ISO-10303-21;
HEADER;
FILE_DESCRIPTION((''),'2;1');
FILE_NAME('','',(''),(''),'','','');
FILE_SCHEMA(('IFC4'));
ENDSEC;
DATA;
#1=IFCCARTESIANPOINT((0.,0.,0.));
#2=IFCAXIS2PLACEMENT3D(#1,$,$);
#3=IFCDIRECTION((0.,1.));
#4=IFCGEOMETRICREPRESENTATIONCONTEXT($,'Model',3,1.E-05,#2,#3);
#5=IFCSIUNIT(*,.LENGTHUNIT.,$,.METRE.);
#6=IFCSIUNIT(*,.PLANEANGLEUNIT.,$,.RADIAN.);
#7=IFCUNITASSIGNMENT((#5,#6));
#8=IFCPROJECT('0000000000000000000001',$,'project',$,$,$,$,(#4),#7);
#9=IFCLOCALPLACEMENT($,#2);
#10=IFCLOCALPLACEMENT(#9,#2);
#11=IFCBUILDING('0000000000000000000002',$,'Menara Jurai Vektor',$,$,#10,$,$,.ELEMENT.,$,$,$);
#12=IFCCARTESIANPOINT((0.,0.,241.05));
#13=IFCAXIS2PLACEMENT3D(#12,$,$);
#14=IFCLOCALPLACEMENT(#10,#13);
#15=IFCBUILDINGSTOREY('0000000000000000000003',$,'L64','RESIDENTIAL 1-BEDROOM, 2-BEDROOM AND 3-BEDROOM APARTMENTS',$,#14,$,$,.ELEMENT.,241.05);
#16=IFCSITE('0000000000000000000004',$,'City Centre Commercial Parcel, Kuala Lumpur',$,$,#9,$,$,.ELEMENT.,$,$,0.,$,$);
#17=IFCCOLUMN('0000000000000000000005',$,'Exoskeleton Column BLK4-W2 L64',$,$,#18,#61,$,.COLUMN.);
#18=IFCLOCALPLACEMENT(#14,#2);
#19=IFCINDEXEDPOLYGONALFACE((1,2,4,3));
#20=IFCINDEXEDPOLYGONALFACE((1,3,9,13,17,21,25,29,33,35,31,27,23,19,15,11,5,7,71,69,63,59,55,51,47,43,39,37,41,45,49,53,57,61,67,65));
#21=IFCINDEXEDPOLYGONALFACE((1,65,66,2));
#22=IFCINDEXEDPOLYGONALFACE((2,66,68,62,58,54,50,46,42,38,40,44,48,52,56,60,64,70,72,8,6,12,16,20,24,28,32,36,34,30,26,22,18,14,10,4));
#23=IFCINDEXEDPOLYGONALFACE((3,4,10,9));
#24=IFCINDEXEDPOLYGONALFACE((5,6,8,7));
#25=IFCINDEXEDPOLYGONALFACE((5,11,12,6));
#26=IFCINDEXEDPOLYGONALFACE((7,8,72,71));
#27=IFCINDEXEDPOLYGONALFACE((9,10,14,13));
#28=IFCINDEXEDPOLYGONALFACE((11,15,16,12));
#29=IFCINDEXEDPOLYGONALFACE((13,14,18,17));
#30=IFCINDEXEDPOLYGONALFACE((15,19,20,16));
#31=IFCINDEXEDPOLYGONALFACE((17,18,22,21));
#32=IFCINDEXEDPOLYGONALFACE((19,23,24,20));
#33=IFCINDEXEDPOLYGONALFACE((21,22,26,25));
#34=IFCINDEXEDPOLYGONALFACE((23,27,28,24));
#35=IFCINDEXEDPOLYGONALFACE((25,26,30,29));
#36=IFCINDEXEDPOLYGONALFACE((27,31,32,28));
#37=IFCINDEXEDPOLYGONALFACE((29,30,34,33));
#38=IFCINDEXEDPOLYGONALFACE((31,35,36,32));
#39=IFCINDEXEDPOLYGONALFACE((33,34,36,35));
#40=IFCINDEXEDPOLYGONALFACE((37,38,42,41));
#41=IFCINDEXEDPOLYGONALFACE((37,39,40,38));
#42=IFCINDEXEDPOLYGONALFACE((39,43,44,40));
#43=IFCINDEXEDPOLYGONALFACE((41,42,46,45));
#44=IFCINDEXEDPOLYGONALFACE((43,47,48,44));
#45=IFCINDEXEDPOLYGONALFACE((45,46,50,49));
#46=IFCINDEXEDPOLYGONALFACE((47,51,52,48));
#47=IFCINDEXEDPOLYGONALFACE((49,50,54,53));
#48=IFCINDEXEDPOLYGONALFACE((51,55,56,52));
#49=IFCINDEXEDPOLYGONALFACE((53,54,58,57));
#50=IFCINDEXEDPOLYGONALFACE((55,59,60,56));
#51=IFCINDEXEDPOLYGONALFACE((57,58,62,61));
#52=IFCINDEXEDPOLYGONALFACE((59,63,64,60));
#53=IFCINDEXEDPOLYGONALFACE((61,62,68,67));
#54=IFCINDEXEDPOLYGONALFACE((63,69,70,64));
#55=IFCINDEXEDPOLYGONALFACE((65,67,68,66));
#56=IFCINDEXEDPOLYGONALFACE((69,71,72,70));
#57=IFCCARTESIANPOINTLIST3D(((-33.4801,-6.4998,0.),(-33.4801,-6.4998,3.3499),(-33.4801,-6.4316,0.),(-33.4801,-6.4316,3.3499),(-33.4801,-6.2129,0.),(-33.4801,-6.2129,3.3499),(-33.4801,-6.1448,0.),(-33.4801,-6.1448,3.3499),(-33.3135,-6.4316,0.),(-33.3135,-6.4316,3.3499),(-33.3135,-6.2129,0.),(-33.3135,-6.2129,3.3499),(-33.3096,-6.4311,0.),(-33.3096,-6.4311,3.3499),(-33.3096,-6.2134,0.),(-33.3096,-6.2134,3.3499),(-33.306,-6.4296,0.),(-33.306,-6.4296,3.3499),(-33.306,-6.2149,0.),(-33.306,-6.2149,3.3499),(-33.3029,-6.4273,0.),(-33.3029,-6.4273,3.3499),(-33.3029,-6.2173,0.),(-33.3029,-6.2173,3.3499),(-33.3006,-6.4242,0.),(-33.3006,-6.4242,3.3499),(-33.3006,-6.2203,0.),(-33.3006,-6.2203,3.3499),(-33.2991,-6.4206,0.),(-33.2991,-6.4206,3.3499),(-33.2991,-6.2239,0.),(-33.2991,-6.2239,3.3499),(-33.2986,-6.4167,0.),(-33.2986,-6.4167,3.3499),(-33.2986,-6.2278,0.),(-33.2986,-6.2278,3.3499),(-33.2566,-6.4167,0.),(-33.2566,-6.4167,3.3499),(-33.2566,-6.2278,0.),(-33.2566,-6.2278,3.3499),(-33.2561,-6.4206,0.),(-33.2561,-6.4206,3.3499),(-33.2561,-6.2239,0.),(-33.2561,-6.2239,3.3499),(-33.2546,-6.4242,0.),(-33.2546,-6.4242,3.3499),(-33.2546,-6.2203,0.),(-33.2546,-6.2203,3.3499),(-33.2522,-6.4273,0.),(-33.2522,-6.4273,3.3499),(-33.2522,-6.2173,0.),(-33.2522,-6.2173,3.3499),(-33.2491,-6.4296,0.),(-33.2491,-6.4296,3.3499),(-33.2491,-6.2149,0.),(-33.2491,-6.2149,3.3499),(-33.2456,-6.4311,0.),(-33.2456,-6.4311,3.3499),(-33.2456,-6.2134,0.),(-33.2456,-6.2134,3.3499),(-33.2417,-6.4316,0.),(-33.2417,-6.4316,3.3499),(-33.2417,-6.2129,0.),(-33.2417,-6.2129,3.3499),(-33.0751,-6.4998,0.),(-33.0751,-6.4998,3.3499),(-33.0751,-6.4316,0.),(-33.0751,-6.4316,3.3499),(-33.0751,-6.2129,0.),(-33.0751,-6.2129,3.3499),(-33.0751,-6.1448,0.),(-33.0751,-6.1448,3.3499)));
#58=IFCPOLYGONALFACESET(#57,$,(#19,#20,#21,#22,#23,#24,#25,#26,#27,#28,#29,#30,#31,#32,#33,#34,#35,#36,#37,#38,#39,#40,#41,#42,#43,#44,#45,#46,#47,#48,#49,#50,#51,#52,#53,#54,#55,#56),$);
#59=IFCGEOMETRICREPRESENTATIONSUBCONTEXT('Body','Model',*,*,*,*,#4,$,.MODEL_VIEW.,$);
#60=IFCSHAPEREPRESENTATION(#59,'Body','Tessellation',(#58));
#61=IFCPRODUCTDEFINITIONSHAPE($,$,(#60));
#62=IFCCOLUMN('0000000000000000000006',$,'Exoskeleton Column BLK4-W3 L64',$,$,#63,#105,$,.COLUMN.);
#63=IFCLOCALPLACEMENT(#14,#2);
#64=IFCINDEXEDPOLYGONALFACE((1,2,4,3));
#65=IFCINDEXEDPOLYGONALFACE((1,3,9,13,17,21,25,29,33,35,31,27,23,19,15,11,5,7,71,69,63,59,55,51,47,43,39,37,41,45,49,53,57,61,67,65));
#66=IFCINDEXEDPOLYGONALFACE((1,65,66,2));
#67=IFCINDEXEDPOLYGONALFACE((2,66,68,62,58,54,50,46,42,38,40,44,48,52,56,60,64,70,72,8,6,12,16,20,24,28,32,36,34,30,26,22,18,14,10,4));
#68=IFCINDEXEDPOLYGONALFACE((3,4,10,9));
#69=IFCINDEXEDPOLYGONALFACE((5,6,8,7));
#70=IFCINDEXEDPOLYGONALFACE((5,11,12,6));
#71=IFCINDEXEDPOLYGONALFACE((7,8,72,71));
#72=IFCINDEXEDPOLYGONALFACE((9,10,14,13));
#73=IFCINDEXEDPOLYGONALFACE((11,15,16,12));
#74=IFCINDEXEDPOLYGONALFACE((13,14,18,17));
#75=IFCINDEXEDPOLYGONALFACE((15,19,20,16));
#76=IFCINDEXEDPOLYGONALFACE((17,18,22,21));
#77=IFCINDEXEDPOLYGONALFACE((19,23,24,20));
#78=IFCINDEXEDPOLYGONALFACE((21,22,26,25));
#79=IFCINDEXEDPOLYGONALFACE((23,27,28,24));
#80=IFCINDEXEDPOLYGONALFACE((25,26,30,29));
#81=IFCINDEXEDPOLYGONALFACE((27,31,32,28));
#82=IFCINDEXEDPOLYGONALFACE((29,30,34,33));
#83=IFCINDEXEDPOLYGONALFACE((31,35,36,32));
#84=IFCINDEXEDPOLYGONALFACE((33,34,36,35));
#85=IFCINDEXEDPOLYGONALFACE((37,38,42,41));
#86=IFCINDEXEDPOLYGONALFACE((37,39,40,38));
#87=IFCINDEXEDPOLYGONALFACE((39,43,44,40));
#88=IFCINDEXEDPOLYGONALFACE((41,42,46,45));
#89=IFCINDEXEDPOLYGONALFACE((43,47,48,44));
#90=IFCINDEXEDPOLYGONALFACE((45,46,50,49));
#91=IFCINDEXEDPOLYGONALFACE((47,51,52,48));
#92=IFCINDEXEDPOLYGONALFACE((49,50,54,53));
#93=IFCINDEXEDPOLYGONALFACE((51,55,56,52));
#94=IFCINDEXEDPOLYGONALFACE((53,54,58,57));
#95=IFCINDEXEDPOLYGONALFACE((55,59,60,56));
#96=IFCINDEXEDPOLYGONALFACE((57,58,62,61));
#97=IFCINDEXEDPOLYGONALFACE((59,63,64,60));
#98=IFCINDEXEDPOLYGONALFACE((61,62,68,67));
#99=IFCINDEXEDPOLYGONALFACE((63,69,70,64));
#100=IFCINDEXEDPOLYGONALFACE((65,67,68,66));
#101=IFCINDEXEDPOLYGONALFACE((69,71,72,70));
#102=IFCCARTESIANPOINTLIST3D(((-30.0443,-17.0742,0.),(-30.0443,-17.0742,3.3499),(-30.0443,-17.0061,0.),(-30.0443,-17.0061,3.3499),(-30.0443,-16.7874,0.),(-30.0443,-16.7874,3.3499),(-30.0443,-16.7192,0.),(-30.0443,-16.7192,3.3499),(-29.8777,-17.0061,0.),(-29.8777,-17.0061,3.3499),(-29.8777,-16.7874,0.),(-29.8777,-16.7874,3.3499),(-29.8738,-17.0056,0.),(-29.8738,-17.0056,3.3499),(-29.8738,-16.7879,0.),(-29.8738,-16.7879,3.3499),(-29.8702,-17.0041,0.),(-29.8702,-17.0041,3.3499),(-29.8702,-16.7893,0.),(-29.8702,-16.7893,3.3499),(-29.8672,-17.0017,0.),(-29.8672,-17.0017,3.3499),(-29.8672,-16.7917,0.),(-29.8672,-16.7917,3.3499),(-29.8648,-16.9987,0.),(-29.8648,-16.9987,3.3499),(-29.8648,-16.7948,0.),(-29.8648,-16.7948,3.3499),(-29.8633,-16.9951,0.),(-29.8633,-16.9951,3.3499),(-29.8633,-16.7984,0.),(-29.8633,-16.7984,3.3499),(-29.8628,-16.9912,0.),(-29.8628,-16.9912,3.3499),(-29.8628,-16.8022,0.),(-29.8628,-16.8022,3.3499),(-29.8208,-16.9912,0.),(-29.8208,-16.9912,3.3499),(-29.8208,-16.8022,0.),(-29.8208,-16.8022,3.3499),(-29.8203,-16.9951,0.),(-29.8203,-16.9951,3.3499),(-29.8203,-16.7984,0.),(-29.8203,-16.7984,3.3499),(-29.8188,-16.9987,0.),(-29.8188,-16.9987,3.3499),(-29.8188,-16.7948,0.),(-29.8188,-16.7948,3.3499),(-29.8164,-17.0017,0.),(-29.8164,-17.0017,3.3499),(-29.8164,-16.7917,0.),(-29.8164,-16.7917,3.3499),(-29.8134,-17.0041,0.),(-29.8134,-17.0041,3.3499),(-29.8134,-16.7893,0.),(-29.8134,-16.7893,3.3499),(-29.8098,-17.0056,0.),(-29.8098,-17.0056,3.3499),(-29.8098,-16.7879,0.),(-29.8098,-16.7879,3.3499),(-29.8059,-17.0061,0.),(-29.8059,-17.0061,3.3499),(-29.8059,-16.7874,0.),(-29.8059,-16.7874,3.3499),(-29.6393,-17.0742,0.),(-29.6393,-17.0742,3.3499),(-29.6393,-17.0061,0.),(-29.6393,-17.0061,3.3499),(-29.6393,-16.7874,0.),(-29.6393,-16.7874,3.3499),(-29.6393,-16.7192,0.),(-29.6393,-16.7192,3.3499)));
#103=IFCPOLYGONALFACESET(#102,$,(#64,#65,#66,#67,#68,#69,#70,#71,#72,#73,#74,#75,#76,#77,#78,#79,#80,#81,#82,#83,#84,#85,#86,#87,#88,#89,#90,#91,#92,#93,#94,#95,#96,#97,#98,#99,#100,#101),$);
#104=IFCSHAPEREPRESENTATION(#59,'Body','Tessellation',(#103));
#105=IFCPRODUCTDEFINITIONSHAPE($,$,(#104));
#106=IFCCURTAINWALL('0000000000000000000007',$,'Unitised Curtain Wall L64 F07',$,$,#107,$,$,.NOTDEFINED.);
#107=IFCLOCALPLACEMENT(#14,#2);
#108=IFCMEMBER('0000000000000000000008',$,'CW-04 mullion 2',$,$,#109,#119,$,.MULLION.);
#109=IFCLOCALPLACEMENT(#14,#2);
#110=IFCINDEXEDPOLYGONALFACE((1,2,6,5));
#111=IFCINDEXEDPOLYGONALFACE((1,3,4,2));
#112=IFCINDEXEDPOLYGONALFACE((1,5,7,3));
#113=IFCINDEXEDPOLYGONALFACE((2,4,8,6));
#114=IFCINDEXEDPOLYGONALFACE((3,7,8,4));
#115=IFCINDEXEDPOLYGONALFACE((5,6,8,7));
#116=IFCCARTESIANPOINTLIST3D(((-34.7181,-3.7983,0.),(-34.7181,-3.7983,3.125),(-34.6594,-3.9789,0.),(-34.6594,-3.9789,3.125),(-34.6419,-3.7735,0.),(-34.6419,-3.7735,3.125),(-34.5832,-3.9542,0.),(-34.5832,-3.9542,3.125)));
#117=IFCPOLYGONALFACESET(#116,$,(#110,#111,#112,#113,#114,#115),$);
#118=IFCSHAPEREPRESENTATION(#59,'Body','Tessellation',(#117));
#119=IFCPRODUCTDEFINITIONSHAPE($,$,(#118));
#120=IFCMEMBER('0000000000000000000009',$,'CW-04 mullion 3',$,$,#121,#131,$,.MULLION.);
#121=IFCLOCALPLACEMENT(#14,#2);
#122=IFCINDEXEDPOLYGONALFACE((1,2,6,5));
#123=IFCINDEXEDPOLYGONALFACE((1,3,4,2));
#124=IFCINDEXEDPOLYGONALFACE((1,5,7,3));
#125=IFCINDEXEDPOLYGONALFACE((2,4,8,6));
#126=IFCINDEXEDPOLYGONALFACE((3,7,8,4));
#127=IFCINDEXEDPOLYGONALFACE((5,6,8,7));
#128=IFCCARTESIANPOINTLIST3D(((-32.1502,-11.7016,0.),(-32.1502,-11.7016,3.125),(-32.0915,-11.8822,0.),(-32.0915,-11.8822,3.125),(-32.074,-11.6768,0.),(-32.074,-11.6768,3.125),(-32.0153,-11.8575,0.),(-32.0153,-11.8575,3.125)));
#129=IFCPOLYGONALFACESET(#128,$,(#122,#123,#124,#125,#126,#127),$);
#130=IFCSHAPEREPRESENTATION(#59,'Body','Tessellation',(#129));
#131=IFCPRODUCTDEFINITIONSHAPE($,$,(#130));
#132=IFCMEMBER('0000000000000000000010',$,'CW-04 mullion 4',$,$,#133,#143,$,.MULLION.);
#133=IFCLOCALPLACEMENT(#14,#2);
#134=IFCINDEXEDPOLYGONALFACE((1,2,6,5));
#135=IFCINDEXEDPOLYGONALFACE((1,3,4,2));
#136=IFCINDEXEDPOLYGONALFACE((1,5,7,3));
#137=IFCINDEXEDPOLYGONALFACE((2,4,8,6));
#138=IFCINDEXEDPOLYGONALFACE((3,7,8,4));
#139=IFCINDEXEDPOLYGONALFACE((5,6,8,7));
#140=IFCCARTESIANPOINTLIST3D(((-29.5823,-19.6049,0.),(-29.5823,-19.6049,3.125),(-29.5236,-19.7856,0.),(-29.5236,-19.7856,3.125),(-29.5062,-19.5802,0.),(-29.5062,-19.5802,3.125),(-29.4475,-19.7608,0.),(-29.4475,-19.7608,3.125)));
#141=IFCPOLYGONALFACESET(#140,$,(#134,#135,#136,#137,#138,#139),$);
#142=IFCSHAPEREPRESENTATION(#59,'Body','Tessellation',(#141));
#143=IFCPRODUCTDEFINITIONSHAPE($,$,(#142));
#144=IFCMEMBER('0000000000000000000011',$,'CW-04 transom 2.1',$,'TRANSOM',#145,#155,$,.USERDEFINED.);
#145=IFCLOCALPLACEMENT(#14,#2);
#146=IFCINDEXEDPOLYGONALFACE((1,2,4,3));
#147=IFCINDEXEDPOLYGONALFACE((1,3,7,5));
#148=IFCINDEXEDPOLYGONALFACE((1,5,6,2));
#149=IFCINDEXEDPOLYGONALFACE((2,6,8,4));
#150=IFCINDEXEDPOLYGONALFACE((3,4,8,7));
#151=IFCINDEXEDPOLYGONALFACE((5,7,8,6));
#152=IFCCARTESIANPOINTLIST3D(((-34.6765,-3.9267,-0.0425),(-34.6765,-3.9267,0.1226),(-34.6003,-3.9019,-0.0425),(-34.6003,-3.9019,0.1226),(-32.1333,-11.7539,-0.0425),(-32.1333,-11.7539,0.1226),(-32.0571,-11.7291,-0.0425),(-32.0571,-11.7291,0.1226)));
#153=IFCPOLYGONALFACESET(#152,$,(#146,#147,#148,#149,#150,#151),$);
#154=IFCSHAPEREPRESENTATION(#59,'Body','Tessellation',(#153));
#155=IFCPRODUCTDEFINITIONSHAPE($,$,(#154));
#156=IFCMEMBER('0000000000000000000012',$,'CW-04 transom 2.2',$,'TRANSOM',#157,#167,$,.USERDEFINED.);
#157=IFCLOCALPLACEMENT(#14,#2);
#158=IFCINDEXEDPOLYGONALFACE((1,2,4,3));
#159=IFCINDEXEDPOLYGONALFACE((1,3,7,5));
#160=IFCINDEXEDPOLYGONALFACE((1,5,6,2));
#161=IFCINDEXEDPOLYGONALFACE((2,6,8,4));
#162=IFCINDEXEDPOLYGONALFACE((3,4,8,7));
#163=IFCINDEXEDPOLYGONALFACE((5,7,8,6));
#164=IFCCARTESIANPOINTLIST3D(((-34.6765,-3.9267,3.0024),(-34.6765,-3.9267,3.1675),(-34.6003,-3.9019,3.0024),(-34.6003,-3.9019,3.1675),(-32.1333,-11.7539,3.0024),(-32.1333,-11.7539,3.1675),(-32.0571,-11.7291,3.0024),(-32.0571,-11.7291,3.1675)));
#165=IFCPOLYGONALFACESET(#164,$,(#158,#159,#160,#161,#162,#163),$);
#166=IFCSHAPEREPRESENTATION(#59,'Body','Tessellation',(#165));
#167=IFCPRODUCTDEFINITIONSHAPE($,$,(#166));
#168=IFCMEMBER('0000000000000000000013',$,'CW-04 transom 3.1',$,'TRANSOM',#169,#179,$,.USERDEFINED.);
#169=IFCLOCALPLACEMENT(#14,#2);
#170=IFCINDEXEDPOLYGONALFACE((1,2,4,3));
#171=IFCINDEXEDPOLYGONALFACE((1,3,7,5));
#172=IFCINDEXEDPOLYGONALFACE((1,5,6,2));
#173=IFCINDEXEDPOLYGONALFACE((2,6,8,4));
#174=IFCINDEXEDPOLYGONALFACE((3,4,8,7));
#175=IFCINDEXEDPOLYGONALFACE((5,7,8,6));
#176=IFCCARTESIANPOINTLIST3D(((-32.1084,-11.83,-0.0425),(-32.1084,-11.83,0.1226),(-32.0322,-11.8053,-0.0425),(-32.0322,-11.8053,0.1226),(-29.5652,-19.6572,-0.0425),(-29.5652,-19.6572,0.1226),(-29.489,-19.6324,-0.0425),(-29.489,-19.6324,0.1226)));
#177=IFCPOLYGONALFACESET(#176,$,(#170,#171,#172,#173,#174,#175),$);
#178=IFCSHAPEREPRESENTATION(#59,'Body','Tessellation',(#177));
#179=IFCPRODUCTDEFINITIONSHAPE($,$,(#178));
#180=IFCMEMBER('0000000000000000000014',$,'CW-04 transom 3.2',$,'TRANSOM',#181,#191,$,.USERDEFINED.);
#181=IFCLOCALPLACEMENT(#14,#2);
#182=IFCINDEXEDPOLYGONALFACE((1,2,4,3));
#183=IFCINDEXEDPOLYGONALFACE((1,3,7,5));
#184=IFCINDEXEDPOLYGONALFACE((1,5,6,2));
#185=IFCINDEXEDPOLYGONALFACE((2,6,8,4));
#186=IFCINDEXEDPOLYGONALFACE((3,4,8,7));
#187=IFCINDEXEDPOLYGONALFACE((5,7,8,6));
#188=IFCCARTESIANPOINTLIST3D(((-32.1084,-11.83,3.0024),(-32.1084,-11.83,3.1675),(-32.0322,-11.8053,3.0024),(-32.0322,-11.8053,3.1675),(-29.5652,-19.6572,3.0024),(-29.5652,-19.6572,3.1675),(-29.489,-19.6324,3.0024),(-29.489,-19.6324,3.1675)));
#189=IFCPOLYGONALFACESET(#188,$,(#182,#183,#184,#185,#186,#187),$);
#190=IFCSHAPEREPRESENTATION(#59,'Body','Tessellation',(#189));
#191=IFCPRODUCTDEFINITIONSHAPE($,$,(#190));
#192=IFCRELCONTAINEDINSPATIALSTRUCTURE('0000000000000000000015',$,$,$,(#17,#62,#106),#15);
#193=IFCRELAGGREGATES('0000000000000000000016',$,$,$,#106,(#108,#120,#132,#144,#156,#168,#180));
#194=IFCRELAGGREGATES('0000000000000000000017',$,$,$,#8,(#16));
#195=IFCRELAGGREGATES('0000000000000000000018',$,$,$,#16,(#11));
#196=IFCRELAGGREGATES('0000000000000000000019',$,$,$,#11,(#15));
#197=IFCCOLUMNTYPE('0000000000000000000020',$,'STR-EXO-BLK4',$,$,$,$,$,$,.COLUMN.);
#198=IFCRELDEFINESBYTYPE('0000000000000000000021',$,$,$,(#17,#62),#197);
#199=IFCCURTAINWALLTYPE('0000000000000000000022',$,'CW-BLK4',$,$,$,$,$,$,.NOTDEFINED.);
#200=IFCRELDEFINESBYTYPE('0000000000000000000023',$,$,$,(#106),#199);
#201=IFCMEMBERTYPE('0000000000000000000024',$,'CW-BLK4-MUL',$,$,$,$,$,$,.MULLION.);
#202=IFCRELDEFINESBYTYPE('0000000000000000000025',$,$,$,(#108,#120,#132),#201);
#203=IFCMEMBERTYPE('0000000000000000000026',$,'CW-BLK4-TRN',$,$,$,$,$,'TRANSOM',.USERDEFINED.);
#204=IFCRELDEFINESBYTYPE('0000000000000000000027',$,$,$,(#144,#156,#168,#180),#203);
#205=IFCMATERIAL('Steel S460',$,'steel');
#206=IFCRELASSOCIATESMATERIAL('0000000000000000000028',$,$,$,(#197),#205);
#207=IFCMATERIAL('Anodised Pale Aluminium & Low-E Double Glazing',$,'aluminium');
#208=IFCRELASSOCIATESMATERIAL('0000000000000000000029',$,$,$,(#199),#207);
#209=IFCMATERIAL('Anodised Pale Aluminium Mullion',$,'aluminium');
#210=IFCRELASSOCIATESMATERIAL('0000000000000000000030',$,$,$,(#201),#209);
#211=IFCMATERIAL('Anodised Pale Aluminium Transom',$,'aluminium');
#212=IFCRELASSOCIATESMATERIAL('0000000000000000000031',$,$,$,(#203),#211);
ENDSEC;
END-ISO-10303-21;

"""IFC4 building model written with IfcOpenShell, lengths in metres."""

from ifc_helpers import new_model, si_unit, direction, frame, origin, origin_2d, place, context, subcontext, project, spatial, rectangle, i_section, extrude, material, material_profile, profile_set, type_object, element, aggregate, save


model = new_model("IFC4")

# Units and contexts
model_context = context("Model", 3, precision=1e-05, world=origin(), true_north=direction((0.0, 1.0)))
body_context = subcontext(model_context, "Body", "Model", "MODEL_VIEW")
ifc_project = project(units=[si_unit("LENGTHUNIT", "METRE"), si_unit("PLANEANGLEUNIT", "RADIAN")], contexts=[model_context])

# Site, building, storey
site_placement = place(None, origin())
site = spatial("IfcSite", under=ifc_project, at=site_placement, Name="City Centre Commercial Parcel, Kuala Lumpur", CompositionType="ELEMENT", RefElevation=0.0)
building_placement = place(site_placement, origin())
building = spatial("IfcBuilding", under=site, at=building_placement, Name="Menara Jurai Vektor", CompositionType="ELEMENT")
storey_placement = place(building_placement, frame((0.0, 0.0, 241.05)))
storey = spatial("IfcBuildingStorey", under=building, at=storey_placement, Name="L64", Description="RESIDENTIAL 1-BEDROOM, 2-BEDROOM AND 3-BEDROOM APARTMENTS", CompositionType="ELEMENT", Elevation=241.05)

# Columns
ifc_material_1 = material(Name="Steel S460", Category="steel")
ifc_material_profile_1 = material_profile(ifc_material_1, i_section(OverallWidth=0.405, OverallDepth=0.355, WebThickness=0.042, FlangeThickness=0.0681, FilletRadius=0.0149, at=origin_2d()), Name="HD 400x551")
ifc_profile_set_1 = profile_set([ifc_material_profile_1], Name="Steel S460")
column_type = type_object("IfcColumnType", Name="STR-EXO-BLK4", PredefinedType="COLUMN", material=ifc_profile_set_1)
for number, where, z_axis, x_axis, name in (
    (1, (-33.2776, -6.3223, 0.0), (0.0, 0.0, 1.0), (1.0, 0.0, 0.0), "Exoskeleton Column BLK4-W2 L64"),
    (2, (-29.8418, -16.8967, 0.0), (0.0, 0.0, 1.0), (1.0, 0.0, 0.0), "Exoskeleton Column BLK4-W3 L64"),
):
    element("IfcColumn", number, at=place(storey_placement, frame(where, z_axis=z_axis, x_axis=x_axis)), inside=storey, type_object=column_type, Name=name, PredefinedType="COLUMN", context=body_context, shape_type="SweptSolid", body=[
        extrude(i_section(OverallWidth=0.405, OverallDepth=0.355, WebThickness=0.042, FlangeThickness=0.0681, FilletRadius=0.0149, at=origin_2d()), origin(), (0.0, 0.0, 1.0), 3.3499),
    ])

# Curtain wall, members
ifc_material_2 = material(Name="Anodised Pale Aluminium & Low-E Double Glazing", Category="aluminium")
curtain_wall_type = type_object("IfcCurtainWallType", Name="CW-BLK4", PredefinedType="NOTDEFINED", material=ifc_material_2)
curtain_wall_placement = place(storey_placement, origin())
curtain_wall = element("IfcCurtainWall", 3, at=curtain_wall_placement, inside=storey, type_object=curtain_wall_type, Name="Unitised Curtain Wall L64 F07", PredefinedType="NOTDEFINED")
ifc_material_3 = material(Name="Anodised Pale Aluminium Mullion", Category="aluminium")
ifc_material_profile_2 = material_profile(ifc_material_3, rectangle(XDim=0.0801, YDim=0.1899, at=origin_2d()), Name="ALU MUL 80x190")
ifc_profile_set_2 = profile_set([ifc_material_profile_2], Name="Anodised Pale Aluminium Mullion")
member_type_1 = type_object("IfcMemberType", Name="CW-BLK4-MUL", PredefinedType="MULLION", material=ifc_profile_set_2)
member_1_placement = place(storey_placement, frame((-34.6506, -3.8762, 0.0), z_axis=(0.0, 0.0, 1.0), x_axis=(0.951057, 0.309016, 0.0)))
member_1 = element("IfcMember", 4, at=member_1_placement, type_object=member_type_1, Name="CW-04 mullion 2", PredefinedType="MULLION", context=body_context, shape_type="SweptSolid", body=[
    extrude(rectangle(XDim=0.0801, YDim=0.1899, at=origin_2d()), origin(), (0.0, 0.0, 1.0), 3.125),
])
member_2_placement = place(storey_placement, frame((-32.0828, -11.7795, 0.0), z_axis=(0.0, 0.0, 1.0), x_axis=(0.951057, 0.309016, 0.0)))
member_2 = element("IfcMember", 5, at=member_2_placement, type_object=member_type_1, Name="CW-04 mullion 3", PredefinedType="MULLION", context=body_context, shape_type="SweptSolid", body=[
    extrude(rectangle(XDim=0.0801, YDim=0.1899, at=origin_2d()), origin(), (0.0, 0.0, 1.0), 3.125),
])
member_3_placement = place(storey_placement, frame((-29.5149, -19.6829, 0.0), z_axis=(0.0, 0.0, 1.0), x_axis=(0.951057, 0.309016, 0.0)))
member_3 = element("IfcMember", 6, at=member_3_placement, type_object=member_type_1, Name="CW-04 mullion 4", PredefinedType="MULLION", context=body_context, shape_type="SweptSolid", body=[
    extrude(rectangle(XDim=0.0801, YDim=0.1899, at=origin_2d()), origin(), (0.0, 0.0, 1.0), 3.125),
])
ifc_material_4 = material(Name="Anodised Pale Aluminium Transom", Category="aluminium")
ifc_material_profile_3 = material_profile(ifc_material_4, rectangle(XDim=0.0801, YDim=0.165, at=origin_2d()), Name="ALU TRN 80x165")
ifc_profile_set_3 = profile_set([ifc_material_profile_3], Name="Anodised Pale Aluminium Transom")
member_type_2 = type_object("IfcMemberType", Name="CW-BLK4-TRN", ElementType="TRANSOM", PredefinedType="USERDEFINED", material=ifc_profile_set_3)
member_4_placement = place(storey_placement, frame((-34.6384, -3.9143, 0.04), z_axis=(0.309019, -0.951056, 0.0), x_axis=(0.951056, 0.309019, 0.0)))
member_4 = element("IfcMember", 7, at=member_4_placement, type_object=member_type_2, Name="CW-04 transom 2.1", ObjectType="TRANSOM", PredefinedType="USERDEFINED", context=body_context, shape_type="SweptSolid", body=[
    extrude(rectangle(XDim=0.0801, YDim=0.165, at=origin_2d()), origin(), (0.0, 0.0, 1.0), 8.23),
])
member_5_placement = place(storey_placement, frame((-34.6384, -3.9143, 3.085), z_axis=(0.309019, -0.951056, 0.0), x_axis=(0.951056, 0.309019, 0.0)))
member_5 = element("IfcMember", 8, at=member_5_placement, type_object=member_type_2, Name="CW-04 transom 2.2", ObjectType="TRANSOM", PredefinedType="USERDEFINED", context=body_context, shape_type="SweptSolid", body=[
    extrude(rectangle(XDim=0.0801, YDim=0.165, at=origin_2d()), origin(), (0.0, 0.0, 1.0), 8.23),
])
member_6_placement = place(storey_placement, frame((-32.0703, -11.8176, 0.04), z_axis=(0.309019, -0.951056, 0.0), x_axis=(0.951056, 0.309019, 0.0)))
member_6 = element("IfcMember", 9, at=member_6_placement, type_object=member_type_2, Name="CW-04 transom 3.1", ObjectType="TRANSOM", PredefinedType="USERDEFINED", context=body_context, shape_type="SweptSolid", body=[
    extrude(rectangle(XDim=0.0801, YDim=0.165, at=origin_2d()), origin(), (0.0, 0.0, 1.0), 8.23),
])
member_7_placement = place(storey_placement, frame((-32.0703, -11.8176, 3.085), z_axis=(0.309019, -0.951056, 0.0), x_axis=(0.951056, 0.309019, 0.0)))
member_7 = element("IfcMember", 10, at=member_7_placement, type_object=member_type_2, Name="CW-04 transom 3.2", ObjectType="TRANSOM", PredefinedType="USERDEFINED", context=body_context, shape_type="SweptSolid", body=[
    extrude(rectangle(XDim=0.0801, YDim=0.165, at=origin_2d()), origin(), (0.0, 0.0, 1.0), 8.23),
])

aggregate(curtain_wall, [member_1, member_2, member_3, member_4, member_5, member_6, member_7])

save(model, "model.ifc")
